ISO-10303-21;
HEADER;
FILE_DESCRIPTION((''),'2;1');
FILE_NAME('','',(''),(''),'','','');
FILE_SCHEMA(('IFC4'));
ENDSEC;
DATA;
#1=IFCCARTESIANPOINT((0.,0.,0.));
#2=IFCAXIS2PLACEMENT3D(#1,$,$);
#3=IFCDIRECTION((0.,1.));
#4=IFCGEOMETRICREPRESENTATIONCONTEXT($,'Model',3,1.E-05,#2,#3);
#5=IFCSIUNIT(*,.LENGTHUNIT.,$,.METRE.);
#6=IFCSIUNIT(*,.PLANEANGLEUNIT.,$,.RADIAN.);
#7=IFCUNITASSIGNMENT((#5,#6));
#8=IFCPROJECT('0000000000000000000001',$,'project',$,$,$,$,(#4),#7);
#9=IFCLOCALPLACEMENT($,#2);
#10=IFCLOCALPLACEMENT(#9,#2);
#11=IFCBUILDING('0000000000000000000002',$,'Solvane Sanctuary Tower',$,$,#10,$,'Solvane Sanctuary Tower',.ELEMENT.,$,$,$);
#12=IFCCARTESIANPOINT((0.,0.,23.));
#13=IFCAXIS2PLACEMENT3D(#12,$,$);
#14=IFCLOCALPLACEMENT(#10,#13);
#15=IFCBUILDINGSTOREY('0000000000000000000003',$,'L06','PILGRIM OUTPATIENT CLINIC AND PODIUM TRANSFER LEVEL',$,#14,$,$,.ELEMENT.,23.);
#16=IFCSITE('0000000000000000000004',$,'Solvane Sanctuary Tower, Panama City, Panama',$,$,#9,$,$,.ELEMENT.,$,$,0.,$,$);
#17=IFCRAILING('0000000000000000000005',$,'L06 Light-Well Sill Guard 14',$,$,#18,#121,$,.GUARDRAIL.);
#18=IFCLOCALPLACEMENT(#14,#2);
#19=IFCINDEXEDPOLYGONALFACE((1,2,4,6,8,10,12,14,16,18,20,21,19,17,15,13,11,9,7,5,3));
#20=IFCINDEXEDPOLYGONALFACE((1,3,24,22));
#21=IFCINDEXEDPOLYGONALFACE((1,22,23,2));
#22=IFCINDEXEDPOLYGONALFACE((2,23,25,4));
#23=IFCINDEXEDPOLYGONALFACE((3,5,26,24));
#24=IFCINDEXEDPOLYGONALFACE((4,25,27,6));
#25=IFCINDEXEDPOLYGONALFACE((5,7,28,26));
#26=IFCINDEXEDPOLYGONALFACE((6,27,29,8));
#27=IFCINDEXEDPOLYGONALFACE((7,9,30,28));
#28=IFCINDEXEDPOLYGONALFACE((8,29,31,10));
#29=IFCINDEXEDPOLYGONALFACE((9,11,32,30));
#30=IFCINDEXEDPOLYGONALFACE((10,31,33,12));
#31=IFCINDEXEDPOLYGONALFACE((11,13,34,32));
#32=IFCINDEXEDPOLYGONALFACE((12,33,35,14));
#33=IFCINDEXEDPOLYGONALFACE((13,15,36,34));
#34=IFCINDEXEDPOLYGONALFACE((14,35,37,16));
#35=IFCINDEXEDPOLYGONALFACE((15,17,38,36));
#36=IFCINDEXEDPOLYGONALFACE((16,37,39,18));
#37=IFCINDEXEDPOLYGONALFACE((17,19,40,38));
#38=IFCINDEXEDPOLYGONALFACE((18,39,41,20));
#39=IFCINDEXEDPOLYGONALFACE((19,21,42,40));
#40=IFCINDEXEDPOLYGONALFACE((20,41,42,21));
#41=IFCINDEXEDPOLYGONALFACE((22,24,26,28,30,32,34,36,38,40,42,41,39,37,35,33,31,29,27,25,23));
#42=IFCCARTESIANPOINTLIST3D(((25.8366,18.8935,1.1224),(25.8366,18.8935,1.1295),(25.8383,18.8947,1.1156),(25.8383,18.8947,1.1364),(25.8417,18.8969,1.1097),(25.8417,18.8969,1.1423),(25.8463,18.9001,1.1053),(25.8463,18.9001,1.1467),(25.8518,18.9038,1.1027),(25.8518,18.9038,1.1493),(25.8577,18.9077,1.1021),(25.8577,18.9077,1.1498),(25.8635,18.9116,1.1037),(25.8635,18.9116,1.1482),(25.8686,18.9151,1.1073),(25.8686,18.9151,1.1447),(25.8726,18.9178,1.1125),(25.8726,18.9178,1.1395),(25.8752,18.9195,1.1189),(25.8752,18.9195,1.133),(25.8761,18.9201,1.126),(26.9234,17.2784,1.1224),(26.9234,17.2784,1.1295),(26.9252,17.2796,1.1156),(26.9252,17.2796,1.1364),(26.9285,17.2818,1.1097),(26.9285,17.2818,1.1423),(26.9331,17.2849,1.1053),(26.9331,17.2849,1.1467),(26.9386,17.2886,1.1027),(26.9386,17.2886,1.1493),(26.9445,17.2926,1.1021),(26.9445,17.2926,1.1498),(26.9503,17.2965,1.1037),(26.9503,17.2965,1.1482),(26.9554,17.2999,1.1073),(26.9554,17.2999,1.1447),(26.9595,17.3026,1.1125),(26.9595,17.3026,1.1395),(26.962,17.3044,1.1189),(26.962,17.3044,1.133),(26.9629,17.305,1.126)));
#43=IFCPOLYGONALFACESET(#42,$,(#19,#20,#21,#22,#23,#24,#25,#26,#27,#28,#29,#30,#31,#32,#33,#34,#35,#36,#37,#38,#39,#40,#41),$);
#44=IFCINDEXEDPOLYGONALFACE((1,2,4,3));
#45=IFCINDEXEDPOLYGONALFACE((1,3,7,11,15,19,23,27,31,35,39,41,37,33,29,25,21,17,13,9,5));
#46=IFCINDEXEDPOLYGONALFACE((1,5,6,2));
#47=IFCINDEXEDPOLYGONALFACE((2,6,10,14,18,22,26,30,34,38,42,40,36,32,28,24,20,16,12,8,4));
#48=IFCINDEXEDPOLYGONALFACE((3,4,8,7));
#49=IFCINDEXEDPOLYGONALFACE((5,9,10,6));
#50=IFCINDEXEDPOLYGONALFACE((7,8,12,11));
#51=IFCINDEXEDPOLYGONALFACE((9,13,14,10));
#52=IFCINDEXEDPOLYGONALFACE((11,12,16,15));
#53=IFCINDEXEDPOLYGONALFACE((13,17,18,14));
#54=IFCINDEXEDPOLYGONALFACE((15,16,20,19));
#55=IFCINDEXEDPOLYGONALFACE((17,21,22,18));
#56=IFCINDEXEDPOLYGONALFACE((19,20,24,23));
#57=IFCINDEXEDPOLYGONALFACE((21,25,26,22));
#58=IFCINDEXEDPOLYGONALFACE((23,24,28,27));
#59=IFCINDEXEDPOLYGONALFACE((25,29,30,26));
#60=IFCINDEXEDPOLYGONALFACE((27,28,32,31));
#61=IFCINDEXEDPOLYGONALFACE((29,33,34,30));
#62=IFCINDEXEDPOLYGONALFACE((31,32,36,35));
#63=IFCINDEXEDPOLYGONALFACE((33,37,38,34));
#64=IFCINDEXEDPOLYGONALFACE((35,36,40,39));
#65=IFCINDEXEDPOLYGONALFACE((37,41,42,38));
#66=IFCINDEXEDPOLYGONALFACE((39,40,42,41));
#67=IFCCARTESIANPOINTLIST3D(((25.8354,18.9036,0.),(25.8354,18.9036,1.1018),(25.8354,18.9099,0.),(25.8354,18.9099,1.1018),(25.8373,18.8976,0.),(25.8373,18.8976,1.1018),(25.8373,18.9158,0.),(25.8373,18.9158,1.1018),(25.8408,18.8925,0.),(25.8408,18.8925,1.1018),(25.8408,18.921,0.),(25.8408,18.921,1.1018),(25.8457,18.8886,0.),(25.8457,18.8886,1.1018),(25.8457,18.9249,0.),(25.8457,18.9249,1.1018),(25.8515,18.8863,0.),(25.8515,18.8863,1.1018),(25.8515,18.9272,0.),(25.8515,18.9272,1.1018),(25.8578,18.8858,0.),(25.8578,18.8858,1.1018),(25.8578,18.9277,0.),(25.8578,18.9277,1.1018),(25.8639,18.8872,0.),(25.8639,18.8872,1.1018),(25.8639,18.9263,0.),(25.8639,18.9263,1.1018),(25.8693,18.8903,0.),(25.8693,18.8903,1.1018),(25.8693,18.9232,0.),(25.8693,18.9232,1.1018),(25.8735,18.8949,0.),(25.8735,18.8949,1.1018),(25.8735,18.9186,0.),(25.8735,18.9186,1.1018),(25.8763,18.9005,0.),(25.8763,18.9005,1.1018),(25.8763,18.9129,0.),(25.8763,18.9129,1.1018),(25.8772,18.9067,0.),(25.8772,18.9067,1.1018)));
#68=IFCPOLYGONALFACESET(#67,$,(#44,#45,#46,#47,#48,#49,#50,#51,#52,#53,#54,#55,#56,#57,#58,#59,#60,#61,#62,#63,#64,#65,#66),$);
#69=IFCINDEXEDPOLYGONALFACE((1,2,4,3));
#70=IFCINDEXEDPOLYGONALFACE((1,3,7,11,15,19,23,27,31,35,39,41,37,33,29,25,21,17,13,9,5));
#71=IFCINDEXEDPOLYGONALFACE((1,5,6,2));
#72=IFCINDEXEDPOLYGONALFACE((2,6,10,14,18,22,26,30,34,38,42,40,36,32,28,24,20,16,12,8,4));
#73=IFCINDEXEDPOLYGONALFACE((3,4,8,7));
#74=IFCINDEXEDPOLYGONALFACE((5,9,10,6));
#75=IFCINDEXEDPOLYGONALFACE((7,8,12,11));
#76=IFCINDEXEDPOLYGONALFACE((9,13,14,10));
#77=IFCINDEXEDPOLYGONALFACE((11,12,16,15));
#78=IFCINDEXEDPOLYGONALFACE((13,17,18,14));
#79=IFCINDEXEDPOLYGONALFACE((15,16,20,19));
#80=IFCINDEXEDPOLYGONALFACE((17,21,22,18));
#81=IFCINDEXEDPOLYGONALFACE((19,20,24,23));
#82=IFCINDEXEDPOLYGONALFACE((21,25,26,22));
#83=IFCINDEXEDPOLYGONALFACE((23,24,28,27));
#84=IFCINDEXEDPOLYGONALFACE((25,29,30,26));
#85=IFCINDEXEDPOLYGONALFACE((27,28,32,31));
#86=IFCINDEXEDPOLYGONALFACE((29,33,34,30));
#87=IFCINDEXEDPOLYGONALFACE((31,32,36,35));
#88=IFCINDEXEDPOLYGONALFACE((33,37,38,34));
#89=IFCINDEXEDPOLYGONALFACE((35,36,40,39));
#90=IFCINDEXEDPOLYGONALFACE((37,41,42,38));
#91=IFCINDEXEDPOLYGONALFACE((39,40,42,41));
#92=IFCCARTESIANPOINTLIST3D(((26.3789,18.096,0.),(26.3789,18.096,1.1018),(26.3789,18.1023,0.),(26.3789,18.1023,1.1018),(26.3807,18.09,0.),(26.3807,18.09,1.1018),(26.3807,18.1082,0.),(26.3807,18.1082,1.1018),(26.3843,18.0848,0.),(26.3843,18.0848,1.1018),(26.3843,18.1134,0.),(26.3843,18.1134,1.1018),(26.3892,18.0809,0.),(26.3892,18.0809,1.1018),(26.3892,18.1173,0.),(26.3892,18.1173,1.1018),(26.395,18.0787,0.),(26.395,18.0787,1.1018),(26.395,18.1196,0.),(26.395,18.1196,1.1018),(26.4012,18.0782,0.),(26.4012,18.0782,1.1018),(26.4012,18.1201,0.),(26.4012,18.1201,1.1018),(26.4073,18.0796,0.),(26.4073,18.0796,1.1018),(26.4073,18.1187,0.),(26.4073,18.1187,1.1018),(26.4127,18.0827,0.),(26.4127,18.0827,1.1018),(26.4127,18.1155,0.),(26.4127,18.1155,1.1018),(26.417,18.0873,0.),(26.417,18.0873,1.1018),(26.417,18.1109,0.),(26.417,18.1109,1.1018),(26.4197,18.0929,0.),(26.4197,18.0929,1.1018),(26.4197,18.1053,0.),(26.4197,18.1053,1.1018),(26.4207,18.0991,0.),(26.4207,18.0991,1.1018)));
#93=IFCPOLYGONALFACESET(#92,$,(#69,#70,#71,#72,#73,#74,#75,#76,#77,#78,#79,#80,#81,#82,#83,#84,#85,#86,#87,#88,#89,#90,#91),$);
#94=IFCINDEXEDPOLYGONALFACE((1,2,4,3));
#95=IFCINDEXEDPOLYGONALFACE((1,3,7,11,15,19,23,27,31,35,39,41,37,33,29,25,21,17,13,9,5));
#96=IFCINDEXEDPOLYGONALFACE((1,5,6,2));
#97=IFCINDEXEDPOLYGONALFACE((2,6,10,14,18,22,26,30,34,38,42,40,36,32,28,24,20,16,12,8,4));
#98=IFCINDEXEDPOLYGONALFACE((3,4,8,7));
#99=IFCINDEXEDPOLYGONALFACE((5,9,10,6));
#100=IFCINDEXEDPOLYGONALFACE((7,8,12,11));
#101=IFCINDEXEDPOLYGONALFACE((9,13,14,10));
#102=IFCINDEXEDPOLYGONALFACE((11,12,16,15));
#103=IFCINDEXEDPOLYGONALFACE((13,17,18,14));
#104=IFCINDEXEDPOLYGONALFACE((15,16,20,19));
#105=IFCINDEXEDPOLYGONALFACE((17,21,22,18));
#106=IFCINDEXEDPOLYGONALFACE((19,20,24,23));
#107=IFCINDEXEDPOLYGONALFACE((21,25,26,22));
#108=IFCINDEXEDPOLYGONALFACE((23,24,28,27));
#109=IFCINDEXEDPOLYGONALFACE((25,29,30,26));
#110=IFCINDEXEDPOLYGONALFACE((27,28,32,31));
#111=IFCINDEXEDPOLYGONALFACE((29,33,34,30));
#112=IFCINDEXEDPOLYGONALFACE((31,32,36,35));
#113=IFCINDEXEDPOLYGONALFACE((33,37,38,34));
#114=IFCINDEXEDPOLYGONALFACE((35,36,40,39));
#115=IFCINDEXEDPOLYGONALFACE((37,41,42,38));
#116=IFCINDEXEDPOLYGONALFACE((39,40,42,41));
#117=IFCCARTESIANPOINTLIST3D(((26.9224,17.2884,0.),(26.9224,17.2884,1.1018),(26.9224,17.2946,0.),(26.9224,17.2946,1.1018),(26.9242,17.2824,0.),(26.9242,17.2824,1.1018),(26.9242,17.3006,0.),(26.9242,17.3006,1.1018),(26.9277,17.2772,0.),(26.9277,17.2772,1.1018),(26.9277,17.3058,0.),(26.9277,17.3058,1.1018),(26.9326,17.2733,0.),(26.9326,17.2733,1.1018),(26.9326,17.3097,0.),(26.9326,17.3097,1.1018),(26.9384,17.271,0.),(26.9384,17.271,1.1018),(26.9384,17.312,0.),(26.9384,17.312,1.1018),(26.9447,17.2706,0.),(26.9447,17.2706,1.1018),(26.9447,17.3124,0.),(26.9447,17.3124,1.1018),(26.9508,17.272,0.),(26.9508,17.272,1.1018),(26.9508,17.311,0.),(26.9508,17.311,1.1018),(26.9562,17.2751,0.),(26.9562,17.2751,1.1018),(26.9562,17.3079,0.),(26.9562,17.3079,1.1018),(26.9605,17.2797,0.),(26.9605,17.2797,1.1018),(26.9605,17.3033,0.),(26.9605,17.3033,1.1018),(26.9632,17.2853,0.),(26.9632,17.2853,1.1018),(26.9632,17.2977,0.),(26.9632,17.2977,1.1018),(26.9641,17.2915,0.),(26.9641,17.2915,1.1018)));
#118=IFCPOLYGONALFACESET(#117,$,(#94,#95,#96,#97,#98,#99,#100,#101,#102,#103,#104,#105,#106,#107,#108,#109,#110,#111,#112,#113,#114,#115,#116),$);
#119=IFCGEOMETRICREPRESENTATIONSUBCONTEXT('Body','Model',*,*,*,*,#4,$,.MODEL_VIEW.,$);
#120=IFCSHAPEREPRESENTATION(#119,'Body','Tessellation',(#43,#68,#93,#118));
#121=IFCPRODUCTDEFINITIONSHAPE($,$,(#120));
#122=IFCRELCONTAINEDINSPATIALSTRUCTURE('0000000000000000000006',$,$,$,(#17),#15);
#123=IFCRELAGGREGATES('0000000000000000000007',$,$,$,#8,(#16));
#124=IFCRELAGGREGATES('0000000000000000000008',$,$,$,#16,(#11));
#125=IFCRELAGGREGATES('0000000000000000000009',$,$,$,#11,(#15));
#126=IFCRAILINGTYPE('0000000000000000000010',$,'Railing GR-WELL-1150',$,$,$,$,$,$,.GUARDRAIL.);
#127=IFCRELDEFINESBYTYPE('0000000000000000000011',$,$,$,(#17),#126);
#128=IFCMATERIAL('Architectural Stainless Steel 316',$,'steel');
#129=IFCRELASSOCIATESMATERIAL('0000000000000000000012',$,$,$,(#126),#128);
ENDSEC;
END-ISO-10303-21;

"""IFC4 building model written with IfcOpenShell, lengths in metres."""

from ifc_helpers import new_model, si_unit, direction, frame, origin, origin_2d, place, context, subcontext, project, spatial, circle, extrude, material, type_object, element, save


model = new_model("IFC4")

# Units and contexts
model_context = context("Model", 3, precision=1e-05, world=origin(), true_north=direction((0.0, 1.0)))
body_context = subcontext(model_context, "Body", "Model", "MODEL_VIEW")
ifc_project = project(units=[si_unit("LENGTHUNIT", "METRE"), si_unit("PLANEANGLEUNIT", "RADIAN")], contexts=[model_context])

# Site, building, storey
site_placement = place(None, origin())
site = spatial("IfcSite", under=ifc_project, at=site_placement, Name="Solvane Sanctuary Tower, Panama City, Panama", CompositionType="ELEMENT", RefElevation=0.0)
building_placement = place(site_placement, origin())
building = spatial("IfcBuilding", under=site, at=building_placement, Name="Solvane Sanctuary Tower", LongName="Solvane Sanctuary Tower", CompositionType="ELEMENT")
storey_placement = place(building_placement, frame((0.0, 0.0, 23.0)))
storey = spatial("IfcBuildingStorey", under=building, at=storey_placement, Name="L06", Description="PILGRIM OUTPATIENT CLINIC AND PODIUM TRANSFER LEVEL", CompositionType="ELEMENT", Elevation=23.0)

# Shared definitions
ifc_material_1 = material(Name="Architectural Stainless Steel 316", Category="steel")

# Railing
railing_type = type_object("IfcRailingType", Name="Railing GR-WELL-1150", PredefinedType="GUARDRAIL", material=ifc_material_1)
railing_placement = place(storey_placement, frame((25.8562, 18.9067, 0.0)))
element("IfcRailing", 1, at=railing_placement, inside=storey, type_object=railing_type, Name="L06 Light-Well Sill Guard 14", PredefinedType="GUARDRAIL", context=body_context, shape_type="SweptSolid", body=[
    extrude(circle(Radius=0.0239, at=origin_2d()), frame((0.0, 0.0, 1.126), z_axis=(0.558283, -0.82965, 0.0), x_axis=(0.82965, 0.558283, 0.0)), (0.0, 0.0, 1.0), 1.9468),
    extrude(circle(Radius=0.021, at=origin_2d()), origin(), (0.0, 0.0, 1.0), 1.1018),
    extrude(circle(Radius=0.021, at=origin_2d()), frame((0.5435, -0.8076, 0.0)), (0.0, 0.0, 1.0), 1.1018),
    extrude(circle(Radius=0.021, at=origin_2d()), frame((1.0869, -1.6152, 0.0)), (0.0, 0.0, 1.0), 1.1018),
])

save(model, "model.ifc")
